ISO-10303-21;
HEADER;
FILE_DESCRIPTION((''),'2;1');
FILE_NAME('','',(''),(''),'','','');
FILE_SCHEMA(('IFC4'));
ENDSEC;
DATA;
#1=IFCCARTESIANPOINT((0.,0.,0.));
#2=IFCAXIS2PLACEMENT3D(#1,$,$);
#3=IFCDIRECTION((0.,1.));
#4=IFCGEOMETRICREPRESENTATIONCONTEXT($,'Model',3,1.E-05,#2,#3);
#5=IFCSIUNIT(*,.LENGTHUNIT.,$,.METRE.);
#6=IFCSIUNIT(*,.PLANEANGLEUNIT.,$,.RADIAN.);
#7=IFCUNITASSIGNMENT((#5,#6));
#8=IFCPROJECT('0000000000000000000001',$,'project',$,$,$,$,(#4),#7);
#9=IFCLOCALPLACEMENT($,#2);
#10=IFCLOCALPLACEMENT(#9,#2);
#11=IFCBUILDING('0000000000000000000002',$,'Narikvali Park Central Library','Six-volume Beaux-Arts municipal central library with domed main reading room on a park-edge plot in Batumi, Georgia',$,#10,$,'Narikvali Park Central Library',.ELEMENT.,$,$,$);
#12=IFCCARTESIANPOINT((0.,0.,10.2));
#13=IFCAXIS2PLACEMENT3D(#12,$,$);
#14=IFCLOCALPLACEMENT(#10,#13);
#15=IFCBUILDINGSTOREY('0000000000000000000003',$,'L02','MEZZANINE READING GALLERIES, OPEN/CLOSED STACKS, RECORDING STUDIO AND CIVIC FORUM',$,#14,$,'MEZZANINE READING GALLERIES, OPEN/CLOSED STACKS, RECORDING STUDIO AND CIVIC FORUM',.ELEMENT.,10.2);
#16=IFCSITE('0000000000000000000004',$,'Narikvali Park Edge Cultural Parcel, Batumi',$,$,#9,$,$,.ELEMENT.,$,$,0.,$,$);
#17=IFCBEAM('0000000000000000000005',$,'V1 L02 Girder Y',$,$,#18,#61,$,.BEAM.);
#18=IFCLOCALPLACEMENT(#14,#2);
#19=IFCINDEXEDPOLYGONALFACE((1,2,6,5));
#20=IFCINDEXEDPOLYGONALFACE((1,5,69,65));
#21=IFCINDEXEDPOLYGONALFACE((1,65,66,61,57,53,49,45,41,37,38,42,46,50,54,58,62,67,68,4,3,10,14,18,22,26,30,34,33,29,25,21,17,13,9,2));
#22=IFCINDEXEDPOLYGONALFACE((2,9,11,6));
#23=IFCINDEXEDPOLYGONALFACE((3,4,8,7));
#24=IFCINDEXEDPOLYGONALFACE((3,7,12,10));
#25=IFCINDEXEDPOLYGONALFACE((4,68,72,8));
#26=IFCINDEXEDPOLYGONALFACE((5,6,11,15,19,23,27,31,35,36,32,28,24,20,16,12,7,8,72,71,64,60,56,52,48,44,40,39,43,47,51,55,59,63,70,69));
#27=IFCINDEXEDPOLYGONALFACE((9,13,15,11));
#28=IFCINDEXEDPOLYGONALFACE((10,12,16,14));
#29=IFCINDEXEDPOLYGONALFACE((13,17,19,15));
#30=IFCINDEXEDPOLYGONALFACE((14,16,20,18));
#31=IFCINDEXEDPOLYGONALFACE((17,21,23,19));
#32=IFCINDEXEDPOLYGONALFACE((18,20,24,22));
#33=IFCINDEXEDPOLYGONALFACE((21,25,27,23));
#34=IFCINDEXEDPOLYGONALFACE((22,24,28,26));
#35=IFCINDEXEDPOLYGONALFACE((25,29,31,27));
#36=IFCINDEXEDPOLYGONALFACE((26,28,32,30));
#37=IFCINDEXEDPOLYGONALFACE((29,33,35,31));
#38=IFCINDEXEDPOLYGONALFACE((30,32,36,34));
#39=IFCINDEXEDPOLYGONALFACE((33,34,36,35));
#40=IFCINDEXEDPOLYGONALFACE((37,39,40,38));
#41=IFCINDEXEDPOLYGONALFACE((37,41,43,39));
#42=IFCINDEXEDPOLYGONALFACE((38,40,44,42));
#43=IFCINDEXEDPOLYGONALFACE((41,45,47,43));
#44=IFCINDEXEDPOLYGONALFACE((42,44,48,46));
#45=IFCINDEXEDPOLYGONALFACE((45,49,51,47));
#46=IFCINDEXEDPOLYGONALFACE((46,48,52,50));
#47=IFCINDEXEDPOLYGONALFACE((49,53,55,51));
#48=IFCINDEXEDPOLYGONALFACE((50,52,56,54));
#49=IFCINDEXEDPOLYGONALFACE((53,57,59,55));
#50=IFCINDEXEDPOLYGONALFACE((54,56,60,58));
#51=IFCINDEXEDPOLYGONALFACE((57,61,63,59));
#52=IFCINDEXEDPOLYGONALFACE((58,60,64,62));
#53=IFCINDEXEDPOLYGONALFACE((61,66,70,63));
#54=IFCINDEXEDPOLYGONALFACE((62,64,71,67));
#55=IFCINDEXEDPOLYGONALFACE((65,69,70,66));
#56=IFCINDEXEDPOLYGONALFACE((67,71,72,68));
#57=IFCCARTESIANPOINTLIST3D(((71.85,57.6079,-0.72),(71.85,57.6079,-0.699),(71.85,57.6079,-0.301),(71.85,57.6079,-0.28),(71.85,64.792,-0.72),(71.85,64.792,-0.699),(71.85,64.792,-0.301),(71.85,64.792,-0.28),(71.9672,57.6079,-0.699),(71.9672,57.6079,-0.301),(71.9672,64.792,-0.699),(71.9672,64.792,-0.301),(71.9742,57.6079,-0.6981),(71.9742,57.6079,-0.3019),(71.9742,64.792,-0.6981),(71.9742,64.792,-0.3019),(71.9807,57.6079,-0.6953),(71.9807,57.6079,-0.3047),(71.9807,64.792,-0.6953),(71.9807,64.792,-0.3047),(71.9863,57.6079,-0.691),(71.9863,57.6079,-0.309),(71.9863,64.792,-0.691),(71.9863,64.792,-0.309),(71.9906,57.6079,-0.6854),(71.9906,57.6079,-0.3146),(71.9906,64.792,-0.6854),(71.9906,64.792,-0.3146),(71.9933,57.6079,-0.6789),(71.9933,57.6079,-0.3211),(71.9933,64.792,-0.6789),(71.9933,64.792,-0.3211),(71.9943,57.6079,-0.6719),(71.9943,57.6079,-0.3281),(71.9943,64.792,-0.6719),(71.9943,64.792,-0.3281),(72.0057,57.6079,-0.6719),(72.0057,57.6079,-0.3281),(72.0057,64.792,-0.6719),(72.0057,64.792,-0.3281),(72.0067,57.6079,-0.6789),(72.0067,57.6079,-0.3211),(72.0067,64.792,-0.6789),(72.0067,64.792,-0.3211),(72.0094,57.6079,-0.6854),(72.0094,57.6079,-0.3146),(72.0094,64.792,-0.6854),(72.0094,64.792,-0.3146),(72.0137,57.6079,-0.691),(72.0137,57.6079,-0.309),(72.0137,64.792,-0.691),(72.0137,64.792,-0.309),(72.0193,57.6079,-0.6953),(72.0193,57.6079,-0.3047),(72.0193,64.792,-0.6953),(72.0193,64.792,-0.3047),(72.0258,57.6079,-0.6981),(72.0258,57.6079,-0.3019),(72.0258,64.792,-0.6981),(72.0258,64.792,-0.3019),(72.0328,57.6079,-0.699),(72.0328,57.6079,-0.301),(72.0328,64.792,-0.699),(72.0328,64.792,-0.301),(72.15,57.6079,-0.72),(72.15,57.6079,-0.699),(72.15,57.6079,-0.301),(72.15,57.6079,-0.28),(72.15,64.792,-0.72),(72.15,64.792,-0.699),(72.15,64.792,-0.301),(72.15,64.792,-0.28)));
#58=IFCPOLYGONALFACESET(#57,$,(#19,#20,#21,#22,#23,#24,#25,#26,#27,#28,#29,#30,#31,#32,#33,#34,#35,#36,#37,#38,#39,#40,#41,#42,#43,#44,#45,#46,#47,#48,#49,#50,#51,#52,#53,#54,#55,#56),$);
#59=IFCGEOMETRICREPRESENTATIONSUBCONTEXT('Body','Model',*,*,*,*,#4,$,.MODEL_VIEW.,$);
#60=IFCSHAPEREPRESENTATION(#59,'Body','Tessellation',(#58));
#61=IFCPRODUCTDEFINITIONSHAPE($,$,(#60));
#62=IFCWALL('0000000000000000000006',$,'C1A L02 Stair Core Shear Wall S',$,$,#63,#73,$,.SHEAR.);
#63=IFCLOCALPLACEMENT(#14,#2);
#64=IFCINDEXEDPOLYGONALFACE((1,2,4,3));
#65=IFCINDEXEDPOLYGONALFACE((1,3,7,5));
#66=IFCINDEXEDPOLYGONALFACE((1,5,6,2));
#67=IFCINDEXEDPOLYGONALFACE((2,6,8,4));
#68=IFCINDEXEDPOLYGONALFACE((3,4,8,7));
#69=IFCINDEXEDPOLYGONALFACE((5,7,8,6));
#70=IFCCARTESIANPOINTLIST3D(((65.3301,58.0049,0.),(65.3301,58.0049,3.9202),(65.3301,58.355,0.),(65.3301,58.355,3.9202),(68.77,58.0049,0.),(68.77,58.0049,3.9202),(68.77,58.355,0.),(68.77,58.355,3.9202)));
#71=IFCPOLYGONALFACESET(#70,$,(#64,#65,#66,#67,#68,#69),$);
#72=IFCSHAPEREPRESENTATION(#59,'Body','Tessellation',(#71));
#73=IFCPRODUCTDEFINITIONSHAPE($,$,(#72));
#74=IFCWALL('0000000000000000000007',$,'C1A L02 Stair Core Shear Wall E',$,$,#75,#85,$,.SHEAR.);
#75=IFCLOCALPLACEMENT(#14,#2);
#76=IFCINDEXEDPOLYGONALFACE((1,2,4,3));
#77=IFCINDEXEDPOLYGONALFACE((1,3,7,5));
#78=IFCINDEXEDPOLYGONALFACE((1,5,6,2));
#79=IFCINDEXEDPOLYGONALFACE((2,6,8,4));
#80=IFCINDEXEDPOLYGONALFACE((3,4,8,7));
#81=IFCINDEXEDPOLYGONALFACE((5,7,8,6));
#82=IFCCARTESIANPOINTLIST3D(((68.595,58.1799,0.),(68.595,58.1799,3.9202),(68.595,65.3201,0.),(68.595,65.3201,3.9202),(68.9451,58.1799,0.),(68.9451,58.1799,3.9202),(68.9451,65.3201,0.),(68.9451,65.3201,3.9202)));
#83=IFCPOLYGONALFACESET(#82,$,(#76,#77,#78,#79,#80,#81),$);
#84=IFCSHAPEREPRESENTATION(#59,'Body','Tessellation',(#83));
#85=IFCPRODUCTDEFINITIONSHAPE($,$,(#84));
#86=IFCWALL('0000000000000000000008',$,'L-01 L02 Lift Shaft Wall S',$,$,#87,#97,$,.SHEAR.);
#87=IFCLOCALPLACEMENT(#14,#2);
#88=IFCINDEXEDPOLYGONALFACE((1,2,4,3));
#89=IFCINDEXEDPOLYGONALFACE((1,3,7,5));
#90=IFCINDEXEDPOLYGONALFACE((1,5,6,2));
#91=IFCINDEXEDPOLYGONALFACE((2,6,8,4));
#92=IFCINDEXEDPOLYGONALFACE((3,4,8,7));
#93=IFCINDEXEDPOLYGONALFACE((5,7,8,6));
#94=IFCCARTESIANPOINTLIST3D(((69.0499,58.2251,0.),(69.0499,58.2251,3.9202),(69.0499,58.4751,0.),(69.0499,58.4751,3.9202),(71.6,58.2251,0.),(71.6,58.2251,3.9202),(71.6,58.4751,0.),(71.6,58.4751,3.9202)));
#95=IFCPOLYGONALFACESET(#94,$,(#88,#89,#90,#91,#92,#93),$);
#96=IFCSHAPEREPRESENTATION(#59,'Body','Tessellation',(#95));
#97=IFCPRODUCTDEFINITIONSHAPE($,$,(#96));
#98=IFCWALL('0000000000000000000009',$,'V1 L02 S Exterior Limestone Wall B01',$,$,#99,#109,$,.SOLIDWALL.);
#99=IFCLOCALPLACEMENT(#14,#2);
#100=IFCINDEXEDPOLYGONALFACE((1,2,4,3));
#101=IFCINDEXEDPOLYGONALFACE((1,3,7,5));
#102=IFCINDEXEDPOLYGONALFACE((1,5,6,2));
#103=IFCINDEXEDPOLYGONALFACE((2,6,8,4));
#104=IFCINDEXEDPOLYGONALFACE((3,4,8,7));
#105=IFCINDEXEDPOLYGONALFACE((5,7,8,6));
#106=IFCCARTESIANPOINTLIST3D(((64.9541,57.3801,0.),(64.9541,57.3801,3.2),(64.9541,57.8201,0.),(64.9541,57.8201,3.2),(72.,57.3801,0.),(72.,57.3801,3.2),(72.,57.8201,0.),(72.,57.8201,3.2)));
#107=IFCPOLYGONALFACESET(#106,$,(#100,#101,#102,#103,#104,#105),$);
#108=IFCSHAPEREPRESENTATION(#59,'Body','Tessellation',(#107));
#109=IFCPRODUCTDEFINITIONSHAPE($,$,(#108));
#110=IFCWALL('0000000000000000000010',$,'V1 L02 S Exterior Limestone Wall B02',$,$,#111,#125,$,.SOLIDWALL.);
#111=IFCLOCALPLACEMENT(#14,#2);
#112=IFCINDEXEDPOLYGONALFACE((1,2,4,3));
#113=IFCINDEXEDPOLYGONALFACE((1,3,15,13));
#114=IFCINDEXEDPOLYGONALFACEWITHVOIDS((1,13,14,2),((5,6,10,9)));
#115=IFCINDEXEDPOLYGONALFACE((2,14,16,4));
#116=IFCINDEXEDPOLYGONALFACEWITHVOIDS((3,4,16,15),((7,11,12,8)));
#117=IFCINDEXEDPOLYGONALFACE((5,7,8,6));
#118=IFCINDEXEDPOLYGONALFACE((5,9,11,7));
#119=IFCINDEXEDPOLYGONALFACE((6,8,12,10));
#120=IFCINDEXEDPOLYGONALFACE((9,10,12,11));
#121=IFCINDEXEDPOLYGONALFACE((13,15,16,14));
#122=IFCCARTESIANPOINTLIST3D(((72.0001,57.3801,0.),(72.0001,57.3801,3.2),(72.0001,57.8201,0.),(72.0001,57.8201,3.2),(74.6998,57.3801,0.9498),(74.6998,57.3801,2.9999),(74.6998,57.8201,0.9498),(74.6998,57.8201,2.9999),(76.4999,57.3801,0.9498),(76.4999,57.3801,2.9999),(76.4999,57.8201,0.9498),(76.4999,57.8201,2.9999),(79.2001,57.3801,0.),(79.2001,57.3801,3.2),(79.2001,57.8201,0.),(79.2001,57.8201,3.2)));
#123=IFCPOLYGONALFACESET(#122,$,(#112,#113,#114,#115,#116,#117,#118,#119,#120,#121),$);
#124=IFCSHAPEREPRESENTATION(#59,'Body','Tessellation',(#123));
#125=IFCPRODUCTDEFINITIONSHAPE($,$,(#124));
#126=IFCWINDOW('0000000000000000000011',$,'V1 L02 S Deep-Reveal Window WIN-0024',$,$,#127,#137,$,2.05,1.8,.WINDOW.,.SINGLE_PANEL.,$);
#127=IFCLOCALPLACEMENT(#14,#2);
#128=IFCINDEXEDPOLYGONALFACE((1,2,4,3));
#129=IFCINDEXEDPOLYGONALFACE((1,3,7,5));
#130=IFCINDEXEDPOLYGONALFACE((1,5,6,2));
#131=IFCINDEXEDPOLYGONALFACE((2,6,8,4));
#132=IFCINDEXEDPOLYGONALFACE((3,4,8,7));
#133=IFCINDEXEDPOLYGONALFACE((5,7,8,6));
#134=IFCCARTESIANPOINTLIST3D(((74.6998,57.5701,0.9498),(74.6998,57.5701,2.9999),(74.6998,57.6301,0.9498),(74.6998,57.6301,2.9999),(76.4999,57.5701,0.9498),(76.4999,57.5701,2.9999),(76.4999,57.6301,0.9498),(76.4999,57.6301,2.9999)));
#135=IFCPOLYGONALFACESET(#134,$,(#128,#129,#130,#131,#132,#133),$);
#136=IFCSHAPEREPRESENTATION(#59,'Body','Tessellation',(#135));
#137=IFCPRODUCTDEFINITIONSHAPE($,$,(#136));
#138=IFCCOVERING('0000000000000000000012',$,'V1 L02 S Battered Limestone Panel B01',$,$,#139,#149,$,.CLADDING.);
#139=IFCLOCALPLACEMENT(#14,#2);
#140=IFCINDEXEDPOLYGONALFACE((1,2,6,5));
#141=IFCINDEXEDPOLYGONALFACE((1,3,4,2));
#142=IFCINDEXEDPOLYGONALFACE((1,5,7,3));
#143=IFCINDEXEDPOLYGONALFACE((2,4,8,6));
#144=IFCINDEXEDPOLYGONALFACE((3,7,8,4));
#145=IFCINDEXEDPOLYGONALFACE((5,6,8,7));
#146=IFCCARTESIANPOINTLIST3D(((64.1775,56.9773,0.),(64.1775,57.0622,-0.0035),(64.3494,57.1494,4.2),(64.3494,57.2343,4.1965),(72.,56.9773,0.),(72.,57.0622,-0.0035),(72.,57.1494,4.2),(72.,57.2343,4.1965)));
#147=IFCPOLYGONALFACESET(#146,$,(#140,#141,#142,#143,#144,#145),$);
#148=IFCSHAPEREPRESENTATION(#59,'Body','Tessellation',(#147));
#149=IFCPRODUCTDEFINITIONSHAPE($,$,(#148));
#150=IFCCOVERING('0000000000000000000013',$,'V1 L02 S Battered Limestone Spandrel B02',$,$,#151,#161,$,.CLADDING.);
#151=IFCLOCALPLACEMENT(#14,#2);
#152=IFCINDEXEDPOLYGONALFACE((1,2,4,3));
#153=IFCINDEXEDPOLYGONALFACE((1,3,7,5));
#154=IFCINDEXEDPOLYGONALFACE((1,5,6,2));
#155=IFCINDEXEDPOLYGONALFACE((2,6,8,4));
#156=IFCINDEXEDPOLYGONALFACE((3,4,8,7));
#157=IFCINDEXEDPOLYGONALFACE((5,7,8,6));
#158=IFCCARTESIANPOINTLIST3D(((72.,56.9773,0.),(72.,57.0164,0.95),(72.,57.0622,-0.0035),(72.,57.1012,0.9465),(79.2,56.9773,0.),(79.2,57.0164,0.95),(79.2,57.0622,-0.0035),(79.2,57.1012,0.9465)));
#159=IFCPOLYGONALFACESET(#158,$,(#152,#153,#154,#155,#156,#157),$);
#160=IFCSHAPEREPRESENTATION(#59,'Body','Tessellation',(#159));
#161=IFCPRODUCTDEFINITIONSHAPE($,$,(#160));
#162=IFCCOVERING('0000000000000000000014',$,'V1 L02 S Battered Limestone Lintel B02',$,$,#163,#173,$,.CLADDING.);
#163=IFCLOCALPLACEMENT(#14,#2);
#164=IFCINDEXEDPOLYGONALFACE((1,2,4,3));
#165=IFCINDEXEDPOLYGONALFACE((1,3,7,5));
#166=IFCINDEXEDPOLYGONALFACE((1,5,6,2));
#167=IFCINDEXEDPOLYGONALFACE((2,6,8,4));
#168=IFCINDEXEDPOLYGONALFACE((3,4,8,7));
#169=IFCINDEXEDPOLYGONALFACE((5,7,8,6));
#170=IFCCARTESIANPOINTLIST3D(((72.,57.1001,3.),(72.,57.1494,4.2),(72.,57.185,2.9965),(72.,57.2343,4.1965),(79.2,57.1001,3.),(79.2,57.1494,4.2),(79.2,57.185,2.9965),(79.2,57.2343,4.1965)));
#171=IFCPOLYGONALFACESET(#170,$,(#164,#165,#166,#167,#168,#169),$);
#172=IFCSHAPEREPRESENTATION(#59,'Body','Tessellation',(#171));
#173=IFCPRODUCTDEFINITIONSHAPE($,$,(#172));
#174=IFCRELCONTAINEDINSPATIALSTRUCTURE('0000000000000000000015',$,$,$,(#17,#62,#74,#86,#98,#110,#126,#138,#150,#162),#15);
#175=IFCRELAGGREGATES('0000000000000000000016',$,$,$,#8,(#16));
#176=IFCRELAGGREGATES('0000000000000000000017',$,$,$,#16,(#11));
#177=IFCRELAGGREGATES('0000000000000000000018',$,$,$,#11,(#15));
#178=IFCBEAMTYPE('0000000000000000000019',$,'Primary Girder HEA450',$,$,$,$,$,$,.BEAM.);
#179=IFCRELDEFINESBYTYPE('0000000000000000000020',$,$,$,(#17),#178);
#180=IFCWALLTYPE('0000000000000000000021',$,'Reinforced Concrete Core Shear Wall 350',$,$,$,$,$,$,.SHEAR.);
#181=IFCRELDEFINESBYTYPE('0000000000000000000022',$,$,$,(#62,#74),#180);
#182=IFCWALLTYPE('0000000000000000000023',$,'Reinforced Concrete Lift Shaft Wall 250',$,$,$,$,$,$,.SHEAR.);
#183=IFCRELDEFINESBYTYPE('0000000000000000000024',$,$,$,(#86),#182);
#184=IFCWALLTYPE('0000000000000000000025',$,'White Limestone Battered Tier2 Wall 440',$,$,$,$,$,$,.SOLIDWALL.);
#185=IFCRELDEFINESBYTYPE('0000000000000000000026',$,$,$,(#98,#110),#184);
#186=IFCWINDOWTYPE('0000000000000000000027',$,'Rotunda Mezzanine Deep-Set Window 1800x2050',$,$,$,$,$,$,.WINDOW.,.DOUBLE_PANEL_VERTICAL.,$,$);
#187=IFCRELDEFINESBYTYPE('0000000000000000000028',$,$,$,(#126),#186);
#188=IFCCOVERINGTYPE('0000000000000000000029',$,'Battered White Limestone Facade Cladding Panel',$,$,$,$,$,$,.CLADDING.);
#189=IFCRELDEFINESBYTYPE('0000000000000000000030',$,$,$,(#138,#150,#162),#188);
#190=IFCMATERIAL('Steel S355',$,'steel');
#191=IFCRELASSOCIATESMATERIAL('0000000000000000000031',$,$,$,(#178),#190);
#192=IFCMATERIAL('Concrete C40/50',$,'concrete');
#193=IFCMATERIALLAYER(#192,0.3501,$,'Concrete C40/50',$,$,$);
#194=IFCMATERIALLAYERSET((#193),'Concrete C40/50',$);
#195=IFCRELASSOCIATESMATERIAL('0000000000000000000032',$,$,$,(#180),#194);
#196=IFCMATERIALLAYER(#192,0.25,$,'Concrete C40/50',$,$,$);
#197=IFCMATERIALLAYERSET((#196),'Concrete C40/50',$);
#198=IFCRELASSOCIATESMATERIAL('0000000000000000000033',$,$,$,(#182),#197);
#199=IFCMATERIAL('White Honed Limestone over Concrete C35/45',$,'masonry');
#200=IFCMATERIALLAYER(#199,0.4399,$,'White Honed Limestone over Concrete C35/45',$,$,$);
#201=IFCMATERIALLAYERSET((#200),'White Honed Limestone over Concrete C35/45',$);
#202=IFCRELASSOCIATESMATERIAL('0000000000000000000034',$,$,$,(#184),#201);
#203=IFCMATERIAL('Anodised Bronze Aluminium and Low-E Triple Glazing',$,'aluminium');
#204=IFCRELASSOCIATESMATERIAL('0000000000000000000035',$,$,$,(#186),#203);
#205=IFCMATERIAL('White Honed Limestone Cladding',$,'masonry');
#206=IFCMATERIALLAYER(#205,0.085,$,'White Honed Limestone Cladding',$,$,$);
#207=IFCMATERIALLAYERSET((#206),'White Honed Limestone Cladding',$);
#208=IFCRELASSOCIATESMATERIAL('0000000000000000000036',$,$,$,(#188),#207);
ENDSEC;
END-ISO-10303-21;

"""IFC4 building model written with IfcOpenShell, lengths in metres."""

from ifc_helpers import new_model, si_unit, direction, frame, frame_2d, origin, origin_2d, place, context, subcontext, project, spatial, polyline, rectangle, i_section, outline, extrude, material, layer, layer_set, material_profile, profile_set, type_object, element, fill, save


model = new_model("IFC4")

# Units and contexts
model_context = context("Model", 3, precision=1e-05, world=origin(), true_north=direction((0.0, 1.0)))
body_context = subcontext(model_context, "Body", "Model", "MODEL_VIEW")
ifc_project = project(units=[si_unit("LENGTHUNIT", "METRE"), si_unit("PLANEANGLEUNIT", "RADIAN")], contexts=[model_context])

# Site, building, storey
site_placement = place(None, origin())
site = spatial("IfcSite", under=ifc_project, at=site_placement, Name="Narikvali Park Edge Cultural Parcel, Batumi", CompositionType="ELEMENT", RefElevation=0.0)
building_placement = place(site_placement, origin())
building = spatial("IfcBuilding", under=site, at=building_placement, Name="Narikvali Park Central Library", Description="Six-volume Beaux-Arts municipal central library with domed main reading room on a park-edge plot in Batumi, Georgia", LongName="Narikvali Park Central Library", CompositionType="ELEMENT")
storey_placement = place(building_placement, frame((0.0, 0.0, 10.2)))
storey = spatial("IfcBuildingStorey", under=building, at=storey_placement, Name="L02", Description="MEZZANINE READING GALLERIES, OPEN/CLOSED STACKS, RECORDING STUDIO AND CIVIC FORUM", LongName="MEZZANINE READING GALLERIES, OPEN/CLOSED STACKS, RECORDING STUDIO AND CIVIC FORUM", CompositionType="ELEMENT", Elevation=10.2)

# Shared definitions
ifc_material_1 = material(Name="Steel S355", Category="steel")

# Beam
ifc_material_profile_1 = material_profile(ifc_material_1, i_section(OverallWidth=0.3, OverallDepth=0.4399, WebThickness=0.0115, FlangeThickness=0.021, FilletRadius=0.0271, at=origin_2d()), Name="HEA 450")
ifc_profile_set_1 = profile_set([ifc_material_profile_1], Name="Steel S355")
beam_type_1 = type_object("IfcBeamType", Name="Primary Girder HEA450", PredefinedType="BEAM", material=ifc_profile_set_1)
beam_1_placement = place(storey_placement, frame((72.0, 57.6079, -0.5), z_axis=(0.0, 1.0, 0.0), x_axis=(-1.0, 0.0, 0.0)))
element("IfcBeam", 1, at=beam_1_placement, inside=storey, type_object=beam_type_1, Name="V1 L02 Girder Y", PredefinedType="BEAM", context=body_context, shape_type="SweptSolid", body=[
    extrude(i_section(OverallWidth=0.3, OverallDepth=0.4399, WebThickness=0.0115, FlangeThickness=0.021, FilletRadius=0.0271, at=origin_2d()), origin(), (0.0, 0.0, 1.0), 7.1841),
])

# Walls
ifc_material_2 = material(Name="Concrete C40/50", Category="concrete")
ifc_layer_1 = layer(ifc_material_2, 0.3501, Name="Concrete C40/50")
ifc_layer_set_1 = layer_set([ifc_layer_1], Name="Concrete C40/50")
wall_type_1 = type_object("IfcWallType", Name="Reinforced Concrete Core Shear Wall 350", PredefinedType="SHEAR", material=ifc_layer_set_1)
wall_1_placement = place(storey_placement, frame((65.3301, 58.1799, 0.0), z_axis=(0.0, 0.0, 1.0), x_axis=(1.0, 0.0, 0.0)))
element("IfcWall", 2, at=wall_1_placement, inside=storey, type_object=wall_type_1, Name="C1A L02 Stair Core Shear Wall S", PredefinedType="SHEAR", context=body_context, shape_type="SweptSolid", body=[
    extrude(rectangle(XDim=3.4399, YDim=0.3501, at=frame_2d((1.72, 0.0))), origin(), (0.0, 0.0, 1.0), 3.9202),
])
wall_2_placement = place(storey_placement, frame((68.77, 58.1799, 0.0), z_axis=(0.0, 0.0, 1.0), x_axis=(0.0, 1.0, 0.0)))
element("IfcWall", 3, at=wall_2_placement, inside=storey, type_object=wall_type_1, Name="C1A L02 Stair Core Shear Wall E", PredefinedType="SHEAR", context=body_context, shape_type="SweptSolid", body=[
    extrude(rectangle(XDim=7.1401, YDim=0.3501, at=frame_2d((3.5701, 0.0))), origin(), (0.0, 0.0, 1.0), 3.9202),
])
ifc_layer_2 = layer(ifc_material_2, 0.25, Name="Concrete C40/50")
ifc_layer_set_2 = layer_set([ifc_layer_2], Name="Concrete C40/50")
wall_type_2 = type_object("IfcWallType", Name="Reinforced Concrete Lift Shaft Wall 250", PredefinedType="SHEAR", material=ifc_layer_set_2)
wall_3_placement = place(storey_placement, frame((69.05, 58.3501, 0.0), z_axis=(0.0, 0.0, 1.0), x_axis=(1.0, 0.0, 0.0)))
element("IfcWall", 4, at=wall_3_placement, inside=storey, type_object=wall_type_2, Name="L-01 L02 Lift Shaft Wall S", PredefinedType="SHEAR", context=body_context, shape_type="SweptSolid", body=[
    extrude(rectangle(XDim=2.55, YDim=0.25, at=frame_2d((1.2749, 0.0))), origin(), (0.0, 0.0, 1.0), 3.9202),
])
ifc_material_3 = material(Name="White Honed Limestone over Concrete C35/45", Category="masonry")
ifc_layer_3 = layer(ifc_material_3, 0.4399, Name="White Honed Limestone over Concrete C35/45")
ifc_layer_set_3 = layer_set([ifc_layer_3], Name="White Honed Limestone over Concrete C35/45")
wall_type_3 = type_object("IfcWallType", Name="White Limestone Battered Tier2 Wall 440", PredefinedType="SOLIDWALL", material=ifc_layer_set_3)
wall_4_placement = place(storey_placement, frame((64.9541, 57.6001, 0.0), z_axis=(0.0, 0.0, 1.0), x_axis=(1.0, 0.0, 0.0)))
element("IfcWall", 5, at=wall_4_placement, inside=storey, type_object=wall_type_3, Name="V1 L02 S Exterior Limestone Wall B01", PredefinedType="SOLIDWALL", context=body_context, shape_type="SweptSolid", body=[
    extrude(rectangle(XDim=7.0459, YDim=0.4399, at=frame_2d((3.5229, 0.0))), origin(), (0.0, 0.0, 1.0), 3.2),
])

# Wall, opening, window
wall_5_placement = place(storey_placement, frame((72.0, 57.6001, 0.0), z_axis=(0.0, 0.0, 1.0), x_axis=(1.0, 0.0, 0.0)))
wall_5 = element("IfcWall", 6, at=wall_5_placement, inside=storey, type_object=wall_type_3, Name="V1 L02 S Exterior Limestone Wall B02", PredefinedType="SOLIDWALL", context=body_context, shape_type="SweptSolid", body=[
    extrude(rectangle(XDim=7.2, YDim=0.4399, at=frame_2d((3.6001, 0.0))), origin(), (0.0, 0.0, 1.0), 3.2),
])
opening_placement = place(wall_5_placement, frame((2.7, 0.0, 0.95)))
opening = element("IfcOpeningElement", 7, at=opening_placement, cuts=wall_5, PredefinedType="OPENING", context=body_context, shape_type="SweptSolid", body=[
    extrude(rectangle(XDim=1.8, YDim=2.05, at=frame_2d((0.8999, 1.0249))), frame((0.0, 0.2319, 0.0), z_axis=(0.0, -1.0, 0.0), x_axis=(1.0, 0.0, 0.0)), (0.0, 0.0, 1.0), 0.4639),
])
ifc_material_4 = material(Name="Anodised Bronze Aluminium and Low-E Triple Glazing", Category="aluminium")
window_type = type_object("IfcWindowType", Name="Rotunda Mezzanine Deep-Set Window 1800x2050", PartitioningType="DOUBLE_PANEL_VERTICAL", PredefinedType="WINDOW", material=ifc_material_4)
window_placement = place(opening_placement, origin())
window = element("IfcWindow", 8, at=window_placement, inside=storey, type_object=window_type, Name="V1 L02 S Deep-Reveal Window WIN-0024", OverallHeight=2.05, OverallWidth=1.8, PartitioningType="SINGLE_PANEL", PredefinedType="WINDOW", context=body_context, shape_type="SweptSolid", body=[
    extrude(rectangle(XDim=1.8, YDim=2.05, at=frame_2d((0.8999, 1.0249))), frame((0.0, 0.03, 0.0), z_axis=(0.0, -1.0, 0.0), x_axis=(1.0, 0.0, 0.0)), (0.0, 0.0, 1.0), 0.0601),
])
fill(opening, window)

# Coverings
ifc_material_5 = material(Name="White Honed Limestone Cladding", Category="masonry")
ifc_layer_4 = layer(ifc_material_5, 0.085, Name="White Honed Limestone Cladding")
ifc_layer_set_4 = layer_set([ifc_layer_4], Name="White Honed Limestone Cladding")
covering_type = type_object("IfcCoveringType", Name="Battered White Limestone Facade Cladding Panel", PredefinedType="CLADDING", material=ifc_layer_set_4)
covering_1_placement = place(storey_placement, frame((64.1775, 56.9773, 0.0), z_axis=(0.0, -0.999161, 0.040947), x_axis=(1.0, 0.0, 0.0)))
element("IfcCovering", 9, at=covering_1_placement, inside=storey, type_object=covering_type, Name="V1 L02 S Battered Limestone Panel B01", PredefinedType="CLADDING", context=body_context, shape_type="SweptSolid", body=[
    extrude(outline(polyline([(0.0, 0.0), (7.8225, 0.0), (7.8225, 4.2035), (0.1719, 4.2035), (0.0, 0.0)])), origin(), (0.0, 0.0, -1.0), 0.085),
])
covering_2_placement = place(storey_placement, frame((72.0, 56.9773, 0.0), z_axis=(0.0, -0.999156, 0.041086), x_axis=(1.0, 0.0, 0.0)))
element("IfcCovering", 10, at=covering_2_placement, inside=storey, type_object=covering_type, Name="V1 L02 S Battered Limestone Spandrel B02", PredefinedType="CLADDING", context=body_context, shape_type="SweptSolid", body=[
    extrude(outline(polyline([(0.0, 0.0), (7.2, 0.0), (7.2, 0.9508), (0.0, 0.9508), (0.0, 0.0)])), origin(), (0.0, 0.0, -1.0), 0.085),
])
covering_3_placement = place(storey_placement, frame((72.0, 57.1001, 3.0), z_axis=(0.0, -0.999157, 0.041064), x_axis=(1.0, 0.0, 0.0)))
element("IfcCovering", 11, at=covering_3_placement, inside=storey, type_object=covering_type, Name="V1 L02 S Battered Limestone Lintel B02", PredefinedType="CLADDING", context=body_context, shape_type="SweptSolid", body=[
    extrude(outline(polyline([(0.0, 0.0), (7.2, 0.0), (7.2, 1.201), (0.0, 1.201), (0.0, 0.0)])), origin(), (0.0, 0.0, -1.0), 0.085),
])

save(model, "model.ifc")
